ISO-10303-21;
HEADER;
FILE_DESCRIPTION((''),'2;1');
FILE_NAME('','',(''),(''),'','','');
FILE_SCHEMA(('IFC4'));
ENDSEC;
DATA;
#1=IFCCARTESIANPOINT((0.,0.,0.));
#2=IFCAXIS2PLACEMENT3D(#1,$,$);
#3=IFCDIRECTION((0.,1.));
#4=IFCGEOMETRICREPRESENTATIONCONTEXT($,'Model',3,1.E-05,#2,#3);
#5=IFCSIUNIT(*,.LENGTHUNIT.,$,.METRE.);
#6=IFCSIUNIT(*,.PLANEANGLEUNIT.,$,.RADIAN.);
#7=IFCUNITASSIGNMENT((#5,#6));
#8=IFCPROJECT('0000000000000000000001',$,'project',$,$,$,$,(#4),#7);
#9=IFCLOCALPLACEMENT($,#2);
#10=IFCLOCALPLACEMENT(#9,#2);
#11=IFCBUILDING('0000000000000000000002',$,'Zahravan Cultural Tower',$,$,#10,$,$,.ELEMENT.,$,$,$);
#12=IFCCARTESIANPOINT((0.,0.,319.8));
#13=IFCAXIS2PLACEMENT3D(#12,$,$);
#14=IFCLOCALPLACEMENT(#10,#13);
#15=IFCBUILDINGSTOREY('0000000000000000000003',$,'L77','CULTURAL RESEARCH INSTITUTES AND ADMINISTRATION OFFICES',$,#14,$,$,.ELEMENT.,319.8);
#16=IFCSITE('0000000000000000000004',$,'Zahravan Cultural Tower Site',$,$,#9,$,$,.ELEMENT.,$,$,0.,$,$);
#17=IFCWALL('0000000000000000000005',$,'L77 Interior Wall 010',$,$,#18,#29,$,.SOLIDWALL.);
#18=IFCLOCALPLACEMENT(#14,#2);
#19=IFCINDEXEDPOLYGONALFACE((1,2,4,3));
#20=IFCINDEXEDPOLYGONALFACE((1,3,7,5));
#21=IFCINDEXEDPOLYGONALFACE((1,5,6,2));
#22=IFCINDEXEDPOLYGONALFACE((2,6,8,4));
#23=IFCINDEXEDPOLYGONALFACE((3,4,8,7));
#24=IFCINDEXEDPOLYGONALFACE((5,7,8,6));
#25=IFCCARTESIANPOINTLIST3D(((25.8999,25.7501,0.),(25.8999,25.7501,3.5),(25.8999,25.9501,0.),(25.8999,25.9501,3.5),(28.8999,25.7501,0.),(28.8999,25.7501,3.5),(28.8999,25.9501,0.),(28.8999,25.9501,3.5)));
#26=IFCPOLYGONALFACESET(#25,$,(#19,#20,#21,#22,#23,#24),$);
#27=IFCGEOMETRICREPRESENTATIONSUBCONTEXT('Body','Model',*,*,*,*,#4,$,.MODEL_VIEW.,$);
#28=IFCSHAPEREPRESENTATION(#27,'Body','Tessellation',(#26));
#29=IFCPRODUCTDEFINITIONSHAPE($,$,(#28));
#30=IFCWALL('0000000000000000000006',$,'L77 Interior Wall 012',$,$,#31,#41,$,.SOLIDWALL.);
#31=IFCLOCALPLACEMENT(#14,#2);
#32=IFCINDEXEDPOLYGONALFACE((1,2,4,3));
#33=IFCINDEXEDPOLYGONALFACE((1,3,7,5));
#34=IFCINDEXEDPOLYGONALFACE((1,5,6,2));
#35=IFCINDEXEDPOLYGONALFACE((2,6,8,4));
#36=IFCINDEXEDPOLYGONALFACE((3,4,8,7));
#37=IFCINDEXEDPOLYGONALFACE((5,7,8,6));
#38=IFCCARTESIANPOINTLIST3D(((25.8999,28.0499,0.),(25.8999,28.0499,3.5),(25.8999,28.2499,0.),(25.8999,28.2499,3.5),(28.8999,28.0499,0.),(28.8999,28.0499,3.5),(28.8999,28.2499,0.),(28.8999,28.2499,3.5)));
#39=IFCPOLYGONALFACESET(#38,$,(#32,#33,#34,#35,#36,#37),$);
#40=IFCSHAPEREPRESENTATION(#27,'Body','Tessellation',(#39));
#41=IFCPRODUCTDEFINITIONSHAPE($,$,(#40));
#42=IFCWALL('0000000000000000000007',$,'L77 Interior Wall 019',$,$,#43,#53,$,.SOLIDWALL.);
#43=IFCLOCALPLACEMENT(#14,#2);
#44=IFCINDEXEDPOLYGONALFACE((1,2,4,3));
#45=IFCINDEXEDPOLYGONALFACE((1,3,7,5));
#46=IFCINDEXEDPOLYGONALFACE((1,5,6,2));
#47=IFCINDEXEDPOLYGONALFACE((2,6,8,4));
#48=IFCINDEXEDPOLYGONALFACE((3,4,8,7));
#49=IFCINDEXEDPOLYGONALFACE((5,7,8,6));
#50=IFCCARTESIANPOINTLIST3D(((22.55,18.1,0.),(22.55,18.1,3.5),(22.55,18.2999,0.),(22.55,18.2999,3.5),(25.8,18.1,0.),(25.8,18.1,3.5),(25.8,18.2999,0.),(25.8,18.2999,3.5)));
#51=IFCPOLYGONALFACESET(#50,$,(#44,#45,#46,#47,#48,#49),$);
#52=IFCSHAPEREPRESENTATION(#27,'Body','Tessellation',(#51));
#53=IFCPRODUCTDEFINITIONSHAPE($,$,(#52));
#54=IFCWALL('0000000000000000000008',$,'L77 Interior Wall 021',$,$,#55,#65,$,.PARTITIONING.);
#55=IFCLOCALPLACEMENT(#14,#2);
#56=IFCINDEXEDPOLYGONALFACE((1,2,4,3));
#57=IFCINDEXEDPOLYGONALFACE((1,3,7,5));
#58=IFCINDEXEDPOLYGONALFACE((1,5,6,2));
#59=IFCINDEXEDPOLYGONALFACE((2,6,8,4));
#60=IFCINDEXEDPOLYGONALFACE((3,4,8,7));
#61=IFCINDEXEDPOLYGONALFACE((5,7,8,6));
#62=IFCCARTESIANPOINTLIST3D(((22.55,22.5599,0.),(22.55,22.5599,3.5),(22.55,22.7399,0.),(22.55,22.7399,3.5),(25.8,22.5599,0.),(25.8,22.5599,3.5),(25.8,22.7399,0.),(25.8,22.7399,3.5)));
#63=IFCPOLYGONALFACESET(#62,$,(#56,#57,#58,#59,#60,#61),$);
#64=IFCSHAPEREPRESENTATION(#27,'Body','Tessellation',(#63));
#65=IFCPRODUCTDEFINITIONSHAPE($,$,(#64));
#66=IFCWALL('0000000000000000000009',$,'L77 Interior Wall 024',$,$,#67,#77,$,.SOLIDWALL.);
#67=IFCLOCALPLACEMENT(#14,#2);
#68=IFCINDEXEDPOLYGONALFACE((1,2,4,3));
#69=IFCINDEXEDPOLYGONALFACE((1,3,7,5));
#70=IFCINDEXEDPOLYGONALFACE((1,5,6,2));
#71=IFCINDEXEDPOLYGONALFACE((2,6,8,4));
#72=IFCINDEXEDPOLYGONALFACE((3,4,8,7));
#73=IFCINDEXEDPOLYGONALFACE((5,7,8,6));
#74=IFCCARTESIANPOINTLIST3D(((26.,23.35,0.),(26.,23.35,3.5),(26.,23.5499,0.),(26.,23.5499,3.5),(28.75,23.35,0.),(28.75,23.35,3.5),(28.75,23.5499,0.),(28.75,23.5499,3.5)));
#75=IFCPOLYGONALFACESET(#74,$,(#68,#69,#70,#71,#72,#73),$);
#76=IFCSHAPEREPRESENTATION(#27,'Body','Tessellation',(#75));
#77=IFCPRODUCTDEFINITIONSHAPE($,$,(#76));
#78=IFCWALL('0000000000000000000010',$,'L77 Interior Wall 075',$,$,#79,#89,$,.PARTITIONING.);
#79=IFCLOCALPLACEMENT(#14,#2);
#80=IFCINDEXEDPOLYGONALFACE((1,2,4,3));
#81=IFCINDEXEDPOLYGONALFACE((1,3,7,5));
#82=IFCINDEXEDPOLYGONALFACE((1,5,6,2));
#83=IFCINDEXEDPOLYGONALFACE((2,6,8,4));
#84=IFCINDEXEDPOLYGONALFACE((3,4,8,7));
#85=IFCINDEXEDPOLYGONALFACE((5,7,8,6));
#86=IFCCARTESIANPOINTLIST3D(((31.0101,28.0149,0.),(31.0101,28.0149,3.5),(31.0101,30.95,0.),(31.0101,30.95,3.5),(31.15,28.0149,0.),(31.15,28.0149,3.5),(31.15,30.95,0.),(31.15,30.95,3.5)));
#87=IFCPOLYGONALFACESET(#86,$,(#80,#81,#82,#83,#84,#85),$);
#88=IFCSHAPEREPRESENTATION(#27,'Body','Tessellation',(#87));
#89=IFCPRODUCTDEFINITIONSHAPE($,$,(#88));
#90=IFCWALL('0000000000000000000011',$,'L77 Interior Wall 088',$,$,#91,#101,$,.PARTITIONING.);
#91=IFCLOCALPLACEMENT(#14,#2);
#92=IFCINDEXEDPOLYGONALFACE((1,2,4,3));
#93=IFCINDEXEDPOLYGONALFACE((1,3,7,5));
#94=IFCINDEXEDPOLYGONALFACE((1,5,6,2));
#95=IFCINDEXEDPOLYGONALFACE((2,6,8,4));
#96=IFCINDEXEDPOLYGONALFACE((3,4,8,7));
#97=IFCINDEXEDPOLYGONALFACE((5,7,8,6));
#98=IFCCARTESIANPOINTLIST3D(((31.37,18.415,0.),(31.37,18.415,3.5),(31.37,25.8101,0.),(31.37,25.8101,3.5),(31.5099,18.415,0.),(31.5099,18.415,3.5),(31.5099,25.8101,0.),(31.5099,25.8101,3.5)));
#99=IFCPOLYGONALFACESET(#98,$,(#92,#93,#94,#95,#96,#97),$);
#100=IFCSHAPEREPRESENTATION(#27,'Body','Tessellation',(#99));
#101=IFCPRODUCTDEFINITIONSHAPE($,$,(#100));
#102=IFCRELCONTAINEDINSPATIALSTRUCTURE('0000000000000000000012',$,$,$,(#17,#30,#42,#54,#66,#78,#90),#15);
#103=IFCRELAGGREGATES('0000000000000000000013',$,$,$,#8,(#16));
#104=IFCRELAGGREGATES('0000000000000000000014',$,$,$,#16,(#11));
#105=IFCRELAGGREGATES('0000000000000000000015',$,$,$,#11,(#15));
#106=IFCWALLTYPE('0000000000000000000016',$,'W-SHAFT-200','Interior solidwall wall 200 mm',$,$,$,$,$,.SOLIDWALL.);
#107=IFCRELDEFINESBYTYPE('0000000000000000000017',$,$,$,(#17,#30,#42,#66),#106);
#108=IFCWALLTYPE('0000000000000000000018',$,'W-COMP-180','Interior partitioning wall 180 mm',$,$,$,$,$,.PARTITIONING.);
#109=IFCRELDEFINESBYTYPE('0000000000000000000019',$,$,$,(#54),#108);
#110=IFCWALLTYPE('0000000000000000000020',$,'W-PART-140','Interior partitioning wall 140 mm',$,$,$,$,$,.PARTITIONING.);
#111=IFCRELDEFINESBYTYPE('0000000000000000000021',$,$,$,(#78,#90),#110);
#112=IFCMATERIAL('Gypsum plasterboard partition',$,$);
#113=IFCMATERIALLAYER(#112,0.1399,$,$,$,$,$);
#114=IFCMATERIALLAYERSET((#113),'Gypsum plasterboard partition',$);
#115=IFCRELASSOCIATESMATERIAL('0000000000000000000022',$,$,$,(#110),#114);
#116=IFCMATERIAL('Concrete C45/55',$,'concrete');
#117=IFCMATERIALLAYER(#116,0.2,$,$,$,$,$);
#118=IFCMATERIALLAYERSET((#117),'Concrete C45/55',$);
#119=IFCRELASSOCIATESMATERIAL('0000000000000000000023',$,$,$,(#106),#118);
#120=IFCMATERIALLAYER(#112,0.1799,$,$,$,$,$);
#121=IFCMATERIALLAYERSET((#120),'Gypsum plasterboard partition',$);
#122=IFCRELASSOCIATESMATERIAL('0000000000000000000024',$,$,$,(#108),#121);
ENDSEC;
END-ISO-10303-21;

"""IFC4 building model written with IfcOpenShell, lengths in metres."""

from ifc_helpers import new_model, si_unit, direction, frame, frame_2d, origin, place, context, subcontext, project, spatial, rectangle, extrude, source, transform, mapped, material, layer, layer_set, type_object, element, save


model = new_model("IFC4")

# Units and contexts
model_context = context("Model", 3, precision=1e-05, world=origin(), true_north=direction((0.0, 1.0)))
body_context = subcontext(model_context, "Body", "Model", "MODEL_VIEW")
ifc_project = project(units=[si_unit("LENGTHUNIT", "METRE"), si_unit("PLANEANGLEUNIT", "RADIAN")], contexts=[model_context])

# Site, building, storey
site_placement = place(None, origin())
site = spatial("IfcSite", under=ifc_project, at=site_placement, Name="Zahravan Cultural Tower Site", CompositionType="ELEMENT", RefElevation=0.0)
building_placement = place(site_placement, origin())
building = spatial("IfcBuilding", under=site, at=building_placement, Name="Zahravan Cultural Tower", CompositionType="ELEMENT")
storey_placement = place(building_placement, frame((0.0, 0.0, 319.8)))
storey = spatial("IfcBuildingStorey", under=building, at=storey_placement, Name="L77", Description="CULTURAL RESEARCH INSTITUTES AND ADMINISTRATION OFFICES", CompositionType="ELEMENT", Elevation=319.8)

# Shared definitions
ifc_material_1 = material(Name="Gypsum plasterboard partition")
ifc_layer_1 = layer(ifc_material_1, 0.1399)
ifc_layer_set_1 = layer_set([ifc_layer_1], Name="Gypsum plasterboard partition")
wall_type_1 = type_object("IfcWallType", Name="W-PART-140", Description="Interior partitioning wall 140 mm", PredefinedType="PARTITIONING", material=ifc_layer_set_1)

# Shared definitions
ifc_material_2 = material(Name="Concrete C45/55", Category="concrete")
ifc_layer_2 = layer(ifc_material_2, 0.2)
ifc_layer_set_2 = layer_set([ifc_layer_2], Name="Concrete C45/55")
wall_type_2 = type_object("IfcWallType", Name="W-SHAFT-200", Description="Interior solidwall wall 200 mm", PredefinedType="SOLIDWALL", material=ifc_layer_set_2)

# Walls
shared_shape_1 = source(origin(), body_context, "Body", "SweptSolid", [
    extrude(rectangle(XDim=3.0, YDim=0.2, at=frame_2d((1.5, 0.0))), origin(), (0.0, 0.0, 1.0), 3.5),
])
for number, where, z_axis, x_axis, name in (
    (1, (25.8999, 25.8501, 0.0), (0.0, 0.0, 1.0), (1.0, 0.0, 0.0), "L77 Interior Wall 010"),
    (2, (25.8999, 28.1499, 0.0), (0.0, 0.0, 1.0), (1.0, 0.0, 0.0), "L77 Interior Wall 012"),
):
    element("IfcWall", number, at=place(storey_placement, frame(where, z_axis=z_axis, x_axis=x_axis)), inside=storey, type_object=wall_type_2, Name=name, PredefinedType="SOLIDWALL", context=body_context, shape_type="MappedRepresentation", body=[
        mapped(shared_shape_1, transform((0.0, 0.0, 0.0), x_axis=(1.0, 0.0, 0.0), y_axis=(0.0, 1.0, 0.0), z_axis=(0.0, 0.0, 1.0), scale=1.0)),
    ])
shared_shape_2 = source(origin(), body_context, "Body", "SweptSolid", [
    extrude(rectangle(XDim=3.25, YDim=0.2, at=frame_2d((1.625, 0.0))), origin(), (0.0, 0.0, 1.0), 3.5),
])
wall_1_placement = place(storey_placement, frame((22.55, 18.2, 0.0), z_axis=(0.0, 0.0, 1.0), x_axis=(1.0, 0.0, 0.0)))
element("IfcWall", 3, at=wall_1_placement, inside=storey, type_object=wall_type_2, Name="L77 Interior Wall 019", PredefinedType="SOLIDWALL", context=body_context, shape_type="MappedRepresentation", body=[
    mapped(shared_shape_2, transform((0.0, 0.0, 0.0), x_axis=(1.0, 0.0, 0.0), y_axis=(0.0, 1.0, 0.0), z_axis=(0.0, 0.0, 1.0), scale=1.0)),
])
ifc_layer_3 = layer(ifc_material_1, 0.1799)
ifc_layer_set_3 = layer_set([ifc_layer_3], Name="Gypsum plasterboard partition")
wall_type_3 = type_object("IfcWallType", Name="W-COMP-180", Description="Interior partitioning wall 180 mm", PredefinedType="PARTITIONING", material=ifc_layer_set_3)
shared_shape_3 = source(origin(), body_context, "Body", "SweptSolid", [
    extrude(rectangle(XDim=3.25, YDim=0.1799, at=frame_2d((1.625, 0.0))), origin(), (0.0, 0.0, 1.0), 3.5),
])
wall_2_placement = place(storey_placement, frame((22.55, 22.6499, 0.0), z_axis=(0.0, 0.0, 1.0), x_axis=(1.0, 0.0, 0.0)))
element("IfcWall", 4, at=wall_2_placement, inside=storey, type_object=wall_type_3, Name="L77 Interior Wall 021", PredefinedType="PARTITIONING", context=body_context, shape_type="MappedRepresentation", body=[
    mapped(shared_shape_3, transform((0.0, 0.0, 0.0), x_axis=(1.0, 0.0, 0.0), y_axis=(0.0, 1.0, 0.0), z_axis=(0.0, 0.0, 1.0), scale=1.0)),
])
shared_shape_4 = source(origin(), body_context, "Body", "SweptSolid", [
    extrude(rectangle(XDim=2.75, YDim=0.2, at=frame_2d((1.375, 0.0))), origin(), (0.0, 0.0, 1.0), 3.5),
])
wall_3_placement = place(storey_placement, frame((26.0, 23.45, 0.0), z_axis=(0.0, 0.0, 1.0), x_axis=(1.0, 0.0, 0.0)))
element("IfcWall", 5, at=wall_3_placement, inside=storey, type_object=wall_type_2, Name="L77 Interior Wall 024", PredefinedType="SOLIDWALL", context=body_context, shape_type="MappedRepresentation", body=[
    mapped(shared_shape_4, transform((0.0, 0.0, 0.0), x_axis=(1.0, 0.0, 0.0), y_axis=(0.0, 1.0, 0.0), z_axis=(0.0, 0.0, 1.0), scale=1.0)),
])
shared_shape_5 = source(origin(), body_context, "Body", "SweptSolid", [
    extrude(rectangle(XDim=2.9351, YDim=0.1399, at=frame_2d((1.4675, 0.0))), origin(), (0.0, 0.0, 1.0), 3.5),
])
wall_4_placement = place(storey_placement, frame((31.0801, 28.0149, 0.0), z_axis=(0.0, 0.0, 1.0), x_axis=(0.0, 1.0, 0.0)))
element("IfcWall", 6, at=wall_4_placement, inside=storey, type_object=wall_type_1, Name="L77 Interior Wall 075", PredefinedType="PARTITIONING", context=body_context, shape_type="MappedRepresentation", body=[
    mapped(shared_shape_5, transform((0.0, 0.0, 0.0), x_axis=(1.0, 0.0, 0.0), y_axis=(0.0, 1.0, 0.0), z_axis=(0.0, 0.0, 1.0), scale=1.0)),
])
shared_shape_6 = source(origin(), body_context, "Body", "SweptSolid", [
    extrude(rectangle(XDim=7.395, YDim=0.1399, at=frame_2d((3.6975, 0.0))), origin(), (0.0, 0.0, 1.0), 3.5),
])
wall_5_placement = place(storey_placement, frame((31.4399, 18.415, 0.0), z_axis=(0.0, 0.0, 1.0), x_axis=(0.0, 1.0, 0.0)))
element("IfcWall", 7, at=wall_5_placement, inside=storey, type_object=wall_type_1, Name="L77 Interior Wall 088", PredefinedType="PARTITIONING", context=body_context, shape_type="MappedRepresentation", body=[
    mapped(shared_shape_6, transform((0.0, 0.0, 0.0), x_axis=(1.0, 0.0, 0.0), y_axis=(0.0, 1.0, 0.0), z_axis=(0.0, 0.0, 1.0), scale=1.0)),
])

save(model, "model.ifc")
